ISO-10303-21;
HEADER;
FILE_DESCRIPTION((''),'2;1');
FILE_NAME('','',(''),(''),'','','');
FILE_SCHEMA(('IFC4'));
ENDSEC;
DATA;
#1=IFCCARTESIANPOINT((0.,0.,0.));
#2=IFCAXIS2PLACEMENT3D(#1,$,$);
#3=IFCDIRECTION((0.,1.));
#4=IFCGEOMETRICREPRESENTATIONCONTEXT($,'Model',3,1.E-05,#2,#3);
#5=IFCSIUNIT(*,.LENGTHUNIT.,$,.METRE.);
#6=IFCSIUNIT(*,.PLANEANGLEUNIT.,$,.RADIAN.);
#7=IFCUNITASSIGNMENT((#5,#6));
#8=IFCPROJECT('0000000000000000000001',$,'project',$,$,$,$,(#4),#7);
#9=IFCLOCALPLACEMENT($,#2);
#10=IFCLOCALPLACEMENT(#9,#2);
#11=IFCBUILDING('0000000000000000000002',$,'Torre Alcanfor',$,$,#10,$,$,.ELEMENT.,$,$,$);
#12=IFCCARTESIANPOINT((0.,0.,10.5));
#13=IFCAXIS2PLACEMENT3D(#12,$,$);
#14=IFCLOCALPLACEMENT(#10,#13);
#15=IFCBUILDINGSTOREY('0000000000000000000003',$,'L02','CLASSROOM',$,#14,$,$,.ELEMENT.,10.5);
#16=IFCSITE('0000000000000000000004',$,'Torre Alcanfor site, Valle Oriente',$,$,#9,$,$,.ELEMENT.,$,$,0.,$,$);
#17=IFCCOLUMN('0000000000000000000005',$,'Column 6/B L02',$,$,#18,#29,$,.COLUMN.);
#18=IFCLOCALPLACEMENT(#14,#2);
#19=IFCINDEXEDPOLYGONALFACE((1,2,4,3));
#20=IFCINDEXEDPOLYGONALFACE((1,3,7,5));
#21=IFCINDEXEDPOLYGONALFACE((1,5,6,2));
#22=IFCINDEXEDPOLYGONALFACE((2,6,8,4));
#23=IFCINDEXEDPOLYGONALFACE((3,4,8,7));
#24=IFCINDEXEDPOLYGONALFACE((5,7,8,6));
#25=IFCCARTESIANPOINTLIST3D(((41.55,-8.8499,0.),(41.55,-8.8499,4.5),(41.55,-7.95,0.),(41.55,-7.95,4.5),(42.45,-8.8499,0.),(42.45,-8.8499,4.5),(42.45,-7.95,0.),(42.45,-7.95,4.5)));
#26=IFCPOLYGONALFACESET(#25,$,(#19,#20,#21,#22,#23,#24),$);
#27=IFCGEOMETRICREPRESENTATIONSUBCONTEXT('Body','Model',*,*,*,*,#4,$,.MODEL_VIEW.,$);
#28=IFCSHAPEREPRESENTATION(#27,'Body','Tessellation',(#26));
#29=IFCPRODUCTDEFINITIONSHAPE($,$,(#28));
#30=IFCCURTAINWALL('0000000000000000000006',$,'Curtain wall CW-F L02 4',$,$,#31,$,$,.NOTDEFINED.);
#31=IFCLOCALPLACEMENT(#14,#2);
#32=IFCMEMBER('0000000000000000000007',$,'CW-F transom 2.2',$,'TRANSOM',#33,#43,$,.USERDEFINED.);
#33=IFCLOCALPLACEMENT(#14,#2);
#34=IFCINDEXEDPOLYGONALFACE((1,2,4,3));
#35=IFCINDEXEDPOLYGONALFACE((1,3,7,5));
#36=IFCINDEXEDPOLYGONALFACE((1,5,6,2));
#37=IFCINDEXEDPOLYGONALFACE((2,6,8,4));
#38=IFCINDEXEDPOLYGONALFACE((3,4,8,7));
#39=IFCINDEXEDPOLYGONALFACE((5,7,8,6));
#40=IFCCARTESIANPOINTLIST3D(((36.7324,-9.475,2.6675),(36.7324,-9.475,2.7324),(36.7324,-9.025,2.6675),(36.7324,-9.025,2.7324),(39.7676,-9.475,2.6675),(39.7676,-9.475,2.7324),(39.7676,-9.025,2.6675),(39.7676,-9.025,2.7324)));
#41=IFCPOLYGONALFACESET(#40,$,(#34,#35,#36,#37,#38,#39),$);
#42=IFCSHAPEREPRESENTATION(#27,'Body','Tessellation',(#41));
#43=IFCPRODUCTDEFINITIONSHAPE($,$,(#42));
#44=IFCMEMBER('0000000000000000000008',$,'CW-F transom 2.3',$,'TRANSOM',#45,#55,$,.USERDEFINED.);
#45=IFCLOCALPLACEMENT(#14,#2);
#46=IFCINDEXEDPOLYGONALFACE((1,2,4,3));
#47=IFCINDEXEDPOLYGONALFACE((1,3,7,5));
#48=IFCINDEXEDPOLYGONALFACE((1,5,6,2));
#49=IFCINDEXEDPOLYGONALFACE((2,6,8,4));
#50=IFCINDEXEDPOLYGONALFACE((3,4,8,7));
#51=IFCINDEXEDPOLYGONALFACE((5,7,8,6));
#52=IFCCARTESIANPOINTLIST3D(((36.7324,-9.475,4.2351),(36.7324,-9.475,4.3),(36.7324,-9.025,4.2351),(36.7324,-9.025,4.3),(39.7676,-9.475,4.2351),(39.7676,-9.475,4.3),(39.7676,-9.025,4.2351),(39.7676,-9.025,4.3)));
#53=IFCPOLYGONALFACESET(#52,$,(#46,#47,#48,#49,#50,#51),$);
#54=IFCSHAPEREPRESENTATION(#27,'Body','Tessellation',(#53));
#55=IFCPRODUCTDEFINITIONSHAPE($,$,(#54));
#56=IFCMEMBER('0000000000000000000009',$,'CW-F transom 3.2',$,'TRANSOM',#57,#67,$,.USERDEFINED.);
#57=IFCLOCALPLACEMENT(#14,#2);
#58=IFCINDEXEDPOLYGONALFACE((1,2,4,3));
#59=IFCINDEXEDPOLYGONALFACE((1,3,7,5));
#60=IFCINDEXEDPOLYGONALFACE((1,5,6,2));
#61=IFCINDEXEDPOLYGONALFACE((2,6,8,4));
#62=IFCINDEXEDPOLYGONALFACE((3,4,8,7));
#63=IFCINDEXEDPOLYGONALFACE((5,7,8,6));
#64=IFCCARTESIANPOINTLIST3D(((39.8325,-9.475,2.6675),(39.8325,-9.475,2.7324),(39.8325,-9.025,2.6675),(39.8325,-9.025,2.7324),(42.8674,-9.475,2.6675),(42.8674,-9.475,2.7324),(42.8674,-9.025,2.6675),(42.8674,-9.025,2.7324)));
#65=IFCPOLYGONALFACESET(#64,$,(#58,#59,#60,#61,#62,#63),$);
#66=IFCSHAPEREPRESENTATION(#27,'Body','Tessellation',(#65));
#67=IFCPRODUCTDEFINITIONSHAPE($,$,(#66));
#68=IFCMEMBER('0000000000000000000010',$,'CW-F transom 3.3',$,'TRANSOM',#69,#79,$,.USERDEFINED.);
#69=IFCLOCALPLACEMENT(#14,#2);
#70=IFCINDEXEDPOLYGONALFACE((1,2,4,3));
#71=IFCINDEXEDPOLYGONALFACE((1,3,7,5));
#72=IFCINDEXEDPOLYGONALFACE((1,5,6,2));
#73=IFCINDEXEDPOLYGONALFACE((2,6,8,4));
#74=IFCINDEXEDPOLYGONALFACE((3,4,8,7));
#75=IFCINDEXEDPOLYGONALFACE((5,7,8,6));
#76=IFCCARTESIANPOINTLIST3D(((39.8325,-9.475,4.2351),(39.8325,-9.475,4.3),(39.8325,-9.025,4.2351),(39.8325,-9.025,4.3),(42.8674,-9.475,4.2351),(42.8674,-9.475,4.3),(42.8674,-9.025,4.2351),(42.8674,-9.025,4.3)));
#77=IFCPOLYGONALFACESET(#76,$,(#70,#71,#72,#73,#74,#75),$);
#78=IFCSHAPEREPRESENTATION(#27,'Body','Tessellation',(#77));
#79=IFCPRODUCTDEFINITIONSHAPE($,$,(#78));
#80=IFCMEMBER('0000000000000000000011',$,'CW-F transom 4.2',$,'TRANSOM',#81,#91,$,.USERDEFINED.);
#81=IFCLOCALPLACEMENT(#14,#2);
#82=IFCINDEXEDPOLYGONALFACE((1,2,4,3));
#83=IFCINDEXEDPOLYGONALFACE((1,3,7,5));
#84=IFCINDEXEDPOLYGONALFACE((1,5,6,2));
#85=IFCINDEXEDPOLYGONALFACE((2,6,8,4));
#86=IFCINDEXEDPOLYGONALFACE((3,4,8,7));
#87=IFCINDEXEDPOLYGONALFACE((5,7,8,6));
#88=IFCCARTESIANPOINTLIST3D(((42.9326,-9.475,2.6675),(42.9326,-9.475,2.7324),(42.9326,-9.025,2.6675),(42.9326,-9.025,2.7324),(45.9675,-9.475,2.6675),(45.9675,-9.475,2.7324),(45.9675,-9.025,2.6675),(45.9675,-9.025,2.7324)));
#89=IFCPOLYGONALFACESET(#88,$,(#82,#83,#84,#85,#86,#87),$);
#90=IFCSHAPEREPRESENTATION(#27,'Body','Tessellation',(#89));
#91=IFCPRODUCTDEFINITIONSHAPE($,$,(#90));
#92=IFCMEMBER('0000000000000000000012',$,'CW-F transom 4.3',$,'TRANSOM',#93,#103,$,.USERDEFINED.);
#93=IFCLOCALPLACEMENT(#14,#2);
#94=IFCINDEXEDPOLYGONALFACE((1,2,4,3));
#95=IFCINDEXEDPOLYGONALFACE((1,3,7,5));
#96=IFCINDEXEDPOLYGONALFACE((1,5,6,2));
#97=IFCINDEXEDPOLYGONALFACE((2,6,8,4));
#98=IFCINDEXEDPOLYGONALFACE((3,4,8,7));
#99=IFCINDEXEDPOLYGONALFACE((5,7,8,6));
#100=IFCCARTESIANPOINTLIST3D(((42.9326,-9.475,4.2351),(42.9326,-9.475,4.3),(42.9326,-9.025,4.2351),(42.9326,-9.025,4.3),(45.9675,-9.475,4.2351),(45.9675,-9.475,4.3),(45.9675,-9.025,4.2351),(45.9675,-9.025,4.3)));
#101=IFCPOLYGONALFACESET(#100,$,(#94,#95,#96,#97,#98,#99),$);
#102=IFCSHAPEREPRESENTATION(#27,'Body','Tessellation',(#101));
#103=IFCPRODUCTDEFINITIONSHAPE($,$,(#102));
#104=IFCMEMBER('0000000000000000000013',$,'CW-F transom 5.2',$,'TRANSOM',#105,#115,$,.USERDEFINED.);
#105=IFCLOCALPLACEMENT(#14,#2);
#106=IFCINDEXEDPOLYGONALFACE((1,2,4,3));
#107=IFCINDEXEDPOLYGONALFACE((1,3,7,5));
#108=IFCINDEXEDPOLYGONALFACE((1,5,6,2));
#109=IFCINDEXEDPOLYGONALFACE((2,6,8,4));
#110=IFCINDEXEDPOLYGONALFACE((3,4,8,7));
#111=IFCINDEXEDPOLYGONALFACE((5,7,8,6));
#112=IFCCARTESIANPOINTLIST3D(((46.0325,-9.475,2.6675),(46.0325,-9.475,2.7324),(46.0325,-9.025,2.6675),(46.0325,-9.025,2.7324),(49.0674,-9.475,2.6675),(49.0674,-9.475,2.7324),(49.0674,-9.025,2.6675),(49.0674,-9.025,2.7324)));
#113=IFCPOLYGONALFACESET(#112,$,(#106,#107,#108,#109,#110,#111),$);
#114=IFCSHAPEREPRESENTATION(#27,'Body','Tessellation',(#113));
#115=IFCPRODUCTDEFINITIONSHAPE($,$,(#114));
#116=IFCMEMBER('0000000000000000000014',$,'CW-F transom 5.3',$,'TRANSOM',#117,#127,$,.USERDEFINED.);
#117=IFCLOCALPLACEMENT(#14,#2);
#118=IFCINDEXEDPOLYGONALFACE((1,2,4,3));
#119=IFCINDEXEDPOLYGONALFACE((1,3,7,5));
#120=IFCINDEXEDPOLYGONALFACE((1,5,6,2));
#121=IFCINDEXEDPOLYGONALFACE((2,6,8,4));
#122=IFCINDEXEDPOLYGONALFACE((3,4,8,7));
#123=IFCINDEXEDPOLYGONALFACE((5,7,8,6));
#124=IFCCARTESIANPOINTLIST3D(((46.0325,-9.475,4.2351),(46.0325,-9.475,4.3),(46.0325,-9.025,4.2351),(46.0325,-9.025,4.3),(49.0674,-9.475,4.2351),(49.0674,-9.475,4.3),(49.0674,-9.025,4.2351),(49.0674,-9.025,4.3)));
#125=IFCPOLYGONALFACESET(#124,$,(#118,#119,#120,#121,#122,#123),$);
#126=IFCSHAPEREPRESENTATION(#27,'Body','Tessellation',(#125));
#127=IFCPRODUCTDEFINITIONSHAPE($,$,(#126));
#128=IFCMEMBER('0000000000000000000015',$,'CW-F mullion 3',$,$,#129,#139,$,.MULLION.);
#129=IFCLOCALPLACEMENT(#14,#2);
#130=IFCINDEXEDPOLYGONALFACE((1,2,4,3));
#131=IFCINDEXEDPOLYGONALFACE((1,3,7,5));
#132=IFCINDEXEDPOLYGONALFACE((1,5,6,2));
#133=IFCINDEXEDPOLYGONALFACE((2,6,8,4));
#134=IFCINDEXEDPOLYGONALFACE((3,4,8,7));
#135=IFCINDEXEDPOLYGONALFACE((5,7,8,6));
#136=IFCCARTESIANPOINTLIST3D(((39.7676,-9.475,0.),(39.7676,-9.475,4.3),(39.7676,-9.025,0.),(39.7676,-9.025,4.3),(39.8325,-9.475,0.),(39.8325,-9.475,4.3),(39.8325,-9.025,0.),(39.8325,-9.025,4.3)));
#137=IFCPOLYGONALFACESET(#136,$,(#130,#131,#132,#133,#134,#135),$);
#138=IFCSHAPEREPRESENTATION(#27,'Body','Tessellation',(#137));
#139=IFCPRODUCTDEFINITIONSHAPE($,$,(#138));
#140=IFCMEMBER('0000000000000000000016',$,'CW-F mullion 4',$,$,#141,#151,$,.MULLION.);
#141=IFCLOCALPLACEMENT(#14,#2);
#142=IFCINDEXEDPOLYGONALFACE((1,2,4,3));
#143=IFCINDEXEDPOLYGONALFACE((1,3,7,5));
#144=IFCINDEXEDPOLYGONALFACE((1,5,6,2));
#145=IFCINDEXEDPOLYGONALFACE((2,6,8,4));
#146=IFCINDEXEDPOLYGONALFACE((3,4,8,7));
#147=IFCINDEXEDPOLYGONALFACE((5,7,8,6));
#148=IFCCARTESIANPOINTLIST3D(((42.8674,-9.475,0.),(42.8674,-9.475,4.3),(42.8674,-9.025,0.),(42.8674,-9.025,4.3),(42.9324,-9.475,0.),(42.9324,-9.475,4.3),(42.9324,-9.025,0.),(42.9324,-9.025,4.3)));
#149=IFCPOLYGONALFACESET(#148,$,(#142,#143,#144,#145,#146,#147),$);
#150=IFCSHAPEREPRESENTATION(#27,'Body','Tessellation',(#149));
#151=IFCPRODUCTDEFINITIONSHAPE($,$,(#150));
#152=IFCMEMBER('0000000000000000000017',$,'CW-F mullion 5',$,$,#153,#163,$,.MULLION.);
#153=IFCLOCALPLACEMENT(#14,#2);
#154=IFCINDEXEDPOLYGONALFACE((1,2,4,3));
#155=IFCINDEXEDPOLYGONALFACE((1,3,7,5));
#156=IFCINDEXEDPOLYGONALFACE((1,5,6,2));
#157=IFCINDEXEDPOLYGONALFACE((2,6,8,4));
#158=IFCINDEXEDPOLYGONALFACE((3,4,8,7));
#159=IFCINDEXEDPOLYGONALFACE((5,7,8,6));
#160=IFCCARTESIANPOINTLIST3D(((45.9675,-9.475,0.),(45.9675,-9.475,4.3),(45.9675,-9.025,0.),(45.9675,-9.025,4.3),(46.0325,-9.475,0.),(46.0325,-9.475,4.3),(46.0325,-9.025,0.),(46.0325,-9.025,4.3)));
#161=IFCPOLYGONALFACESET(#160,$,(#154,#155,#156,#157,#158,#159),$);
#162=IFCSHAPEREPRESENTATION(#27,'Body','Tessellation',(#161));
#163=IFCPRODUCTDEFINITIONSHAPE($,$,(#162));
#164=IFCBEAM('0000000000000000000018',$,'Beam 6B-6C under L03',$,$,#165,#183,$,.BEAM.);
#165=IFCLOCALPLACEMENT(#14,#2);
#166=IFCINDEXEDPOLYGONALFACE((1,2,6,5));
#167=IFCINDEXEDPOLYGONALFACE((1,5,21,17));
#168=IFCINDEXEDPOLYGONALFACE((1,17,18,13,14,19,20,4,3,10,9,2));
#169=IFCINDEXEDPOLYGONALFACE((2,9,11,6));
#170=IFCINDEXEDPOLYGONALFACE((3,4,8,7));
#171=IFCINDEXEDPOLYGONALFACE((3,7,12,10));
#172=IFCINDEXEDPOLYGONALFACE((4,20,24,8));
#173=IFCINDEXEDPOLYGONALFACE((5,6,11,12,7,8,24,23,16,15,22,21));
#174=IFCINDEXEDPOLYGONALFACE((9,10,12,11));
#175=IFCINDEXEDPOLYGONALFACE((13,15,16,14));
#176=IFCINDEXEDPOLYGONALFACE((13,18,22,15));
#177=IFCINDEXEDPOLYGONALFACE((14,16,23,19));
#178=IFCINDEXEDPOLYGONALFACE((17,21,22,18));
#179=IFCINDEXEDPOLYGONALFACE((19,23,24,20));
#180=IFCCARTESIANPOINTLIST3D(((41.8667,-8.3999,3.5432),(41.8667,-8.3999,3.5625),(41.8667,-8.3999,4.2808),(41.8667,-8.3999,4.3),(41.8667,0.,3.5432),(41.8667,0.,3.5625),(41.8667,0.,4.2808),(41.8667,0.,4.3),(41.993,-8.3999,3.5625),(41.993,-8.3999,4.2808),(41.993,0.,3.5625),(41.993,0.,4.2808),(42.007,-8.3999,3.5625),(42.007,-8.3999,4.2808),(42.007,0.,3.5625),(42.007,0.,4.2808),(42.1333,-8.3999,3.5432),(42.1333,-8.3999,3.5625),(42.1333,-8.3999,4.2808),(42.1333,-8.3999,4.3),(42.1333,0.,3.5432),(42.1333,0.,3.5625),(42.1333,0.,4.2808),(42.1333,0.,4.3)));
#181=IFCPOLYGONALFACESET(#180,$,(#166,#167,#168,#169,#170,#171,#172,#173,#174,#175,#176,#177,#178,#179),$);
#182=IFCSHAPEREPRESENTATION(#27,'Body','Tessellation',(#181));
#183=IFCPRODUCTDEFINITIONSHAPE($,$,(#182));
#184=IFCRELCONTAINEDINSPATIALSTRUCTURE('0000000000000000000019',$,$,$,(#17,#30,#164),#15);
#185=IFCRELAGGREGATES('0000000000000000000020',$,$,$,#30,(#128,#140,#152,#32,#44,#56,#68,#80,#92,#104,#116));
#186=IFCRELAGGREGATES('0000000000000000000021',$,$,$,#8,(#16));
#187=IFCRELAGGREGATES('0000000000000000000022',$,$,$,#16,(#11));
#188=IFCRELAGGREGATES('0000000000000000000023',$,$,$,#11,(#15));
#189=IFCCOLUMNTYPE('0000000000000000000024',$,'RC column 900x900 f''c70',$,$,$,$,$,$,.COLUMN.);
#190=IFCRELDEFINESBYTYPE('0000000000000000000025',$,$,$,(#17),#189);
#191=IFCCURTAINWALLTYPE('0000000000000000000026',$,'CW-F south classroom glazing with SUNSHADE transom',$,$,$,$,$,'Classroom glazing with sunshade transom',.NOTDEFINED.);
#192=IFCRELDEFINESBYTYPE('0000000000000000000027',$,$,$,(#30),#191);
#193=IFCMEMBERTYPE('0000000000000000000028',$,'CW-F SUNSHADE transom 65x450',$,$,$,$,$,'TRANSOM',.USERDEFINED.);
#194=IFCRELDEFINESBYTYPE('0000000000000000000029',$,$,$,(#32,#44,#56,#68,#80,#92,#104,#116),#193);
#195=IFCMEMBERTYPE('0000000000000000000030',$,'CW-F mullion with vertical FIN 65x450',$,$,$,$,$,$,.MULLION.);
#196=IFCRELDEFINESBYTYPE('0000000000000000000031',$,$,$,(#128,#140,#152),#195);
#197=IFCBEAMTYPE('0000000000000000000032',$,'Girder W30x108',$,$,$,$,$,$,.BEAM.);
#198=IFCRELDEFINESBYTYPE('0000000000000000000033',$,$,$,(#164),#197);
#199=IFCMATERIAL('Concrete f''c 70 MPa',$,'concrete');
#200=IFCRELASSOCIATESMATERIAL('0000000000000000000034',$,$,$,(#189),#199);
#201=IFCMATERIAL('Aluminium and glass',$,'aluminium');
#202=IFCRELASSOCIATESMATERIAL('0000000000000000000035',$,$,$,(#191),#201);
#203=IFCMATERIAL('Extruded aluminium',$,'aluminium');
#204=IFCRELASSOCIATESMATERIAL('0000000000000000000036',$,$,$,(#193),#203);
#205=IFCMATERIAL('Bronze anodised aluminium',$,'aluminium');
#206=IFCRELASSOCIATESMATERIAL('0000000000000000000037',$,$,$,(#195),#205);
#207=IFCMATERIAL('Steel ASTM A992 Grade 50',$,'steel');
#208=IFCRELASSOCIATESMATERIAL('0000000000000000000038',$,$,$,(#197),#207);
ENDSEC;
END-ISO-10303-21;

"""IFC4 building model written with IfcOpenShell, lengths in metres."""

from ifc_helpers import new_model, si_unit, direction, frame, origin, origin_2d, place, context, subcontext, project, spatial, rectangle, i_section, extrude, material, material_profile, profile_set, type_object, element, aggregate, save


model = new_model("IFC4")

# Units and contexts
model_context = context("Model", 3, precision=1e-05, world=origin(), true_north=direction((0.0, 1.0)))
body_context = subcontext(model_context, "Body", "Model", "MODEL_VIEW")
ifc_project = project(units=[si_unit("LENGTHUNIT", "METRE"), si_unit("PLANEANGLEUNIT", "RADIAN")], contexts=[model_context])

# Site, building, storey
site_placement = place(None, origin())
site = spatial("IfcSite", under=ifc_project, at=site_placement, Name="Torre Alcanfor site, Valle Oriente", CompositionType="ELEMENT", RefElevation=0.0)
building_placement = place(site_placement, origin())
building = spatial("IfcBuilding", under=site, at=building_placement, Name="Torre Alcanfor", CompositionType="ELEMENT")
storey_placement = place(building_placement, frame((0.0, 0.0, 10.5)))
storey = spatial("IfcBuildingStorey", under=building, at=storey_placement, Name="L02", Description="CLASSROOM", CompositionType="ELEMENT", Elevation=10.5)

# Column
ifc_material_1 = material(Name="Concrete f'c 70 MPa", Category="concrete")
ifc_material_profile_1 = material_profile(ifc_material_1, rectangle(XDim=0.8999, YDim=0.8999, at=origin_2d()), Name="900x900")
ifc_profile_set_1 = profile_set([ifc_material_profile_1], Name="Concrete f'c 70 MPa")
column_type = type_object("IfcColumnType", Name="RC column 900x900 f'c70", PredefinedType="COLUMN", material=ifc_profile_set_1)
column_placement = place(storey_placement, frame((42.0, -8.3999, 0.0), z_axis=(0.0, 0.0, 1.0), x_axis=(1.0, 0.0, 0.0)))
element("IfcColumn", 1, at=column_placement, inside=storey, type_object=column_type, Name="Column 6/B L02", PredefinedType="COLUMN", context=body_context, shape_type="SweptSolid", body=[
    extrude(rectangle(XDim=0.8999, YDim=0.8999, at=origin_2d()), origin(), (0.0, 0.0, 1.0), 4.5),
])

# Curtain wall, members
ifc_material_2 = material(Name="Aluminium and glass", Category="aluminium")
curtain_wall_type = type_object("IfcCurtainWallType", Name="CW-F south classroom glazing with SUNSHADE transom", ElementType="Classroom glazing with sunshade transom", PredefinedType="NOTDEFINED", material=ifc_material_2)
curtain_wall_placement = place(storey_placement, origin())
curtain_wall = element("IfcCurtainWall", 2, at=curtain_wall_placement, inside=storey, type_object=curtain_wall_type, Name="Curtain wall CW-F L02 4", PredefinedType="NOTDEFINED")
ifc_material_3 = material(Name="Extruded aluminium", Category="aluminium")
ifc_material_profile_2 = material_profile(ifc_material_3, rectangle(XDim=0.45, YDim=0.0649, at=origin_2d()), Name="CW-F transom 450x65")
ifc_profile_set_2 = profile_set([ifc_material_profile_2], Name="Extruded aluminium")
member_type_1 = type_object("IfcMemberType", Name="CW-F SUNSHADE transom 65x450", ElementType="TRANSOM", PredefinedType="USERDEFINED", material=ifc_profile_set_2)
member_1_placement = place(storey_placement, frame((36.7324, -9.25, 2.7), z_axis=(1.0, 0.0, 0.0), x_axis=(0.0, 1.0, 0.0)))
member_1 = element("IfcMember", 3, at=member_1_placement, type_object=member_type_1, Name="CW-F transom 2.2", ObjectType="TRANSOM", PredefinedType="USERDEFINED", context=body_context, shape_type="SweptSolid", body=[
    extrude(rectangle(XDim=0.45, YDim=0.0649, at=origin_2d()), origin(), (0.0, 0.0, 1.0), 3.0352),
])
member_2_placement = place(storey_placement, frame((36.7324, -9.25, 4.2676), z_axis=(1.0, 0.0, 0.0), x_axis=(0.0, 1.0, 0.0)))
member_2 = element("IfcMember", 4, at=member_2_placement, type_object=member_type_1, Name="CW-F transom 2.3", ObjectType="TRANSOM", PredefinedType="USERDEFINED", context=body_context, shape_type="SweptSolid", body=[
    extrude(rectangle(XDim=0.45, YDim=0.0649, at=origin_2d()), origin(), (0.0, 0.0, 1.0), 3.0352),
])
member_3_placement = place(storey_placement, frame((39.8325, -9.25, 2.7), z_axis=(1.0, 0.0, 0.0), x_axis=(0.0, 1.0, 0.0)))
member_3 = element("IfcMember", 5, at=member_3_placement, type_object=member_type_1, Name="CW-F transom 3.2", ObjectType="TRANSOM", PredefinedType="USERDEFINED", context=body_context, shape_type="SweptSolid", body=[
    extrude(rectangle(XDim=0.45, YDim=0.0649, at=origin_2d()), origin(), (0.0, 0.0, 1.0), 3.0349),
])
member_4_placement = place(storey_placement, frame((39.8325, -9.25, 4.2676), z_axis=(1.0, 0.0, 0.0), x_axis=(0.0, 1.0, 0.0)))
member_4 = element("IfcMember", 6, at=member_4_placement, type_object=member_type_1, Name="CW-F transom 3.3", ObjectType="TRANSOM", PredefinedType="USERDEFINED", context=body_context, shape_type="SweptSolid", body=[
    extrude(rectangle(XDim=0.45, YDim=0.0649, at=origin_2d()), origin(), (0.0, 0.0, 1.0), 3.0349),
])
member_5_placement = place(storey_placement, frame((42.9326, -9.25, 2.7), z_axis=(1.0, 0.0, 0.0), x_axis=(0.0, 1.0, 0.0)))
member_5 = element("IfcMember", 7, at=member_5_placement, type_object=member_type_1, Name="CW-F transom 4.2", ObjectType="TRANSOM", PredefinedType="USERDEFINED", context=body_context, shape_type="SweptSolid", body=[
    extrude(rectangle(XDim=0.45, YDim=0.0649, at=origin_2d()), origin(), (0.0, 0.0, 1.0), 3.0349),
])
member_6_placement = place(storey_placement, frame((42.9326, -9.25, 4.2676), z_axis=(1.0, 0.0, 0.0), x_axis=(0.0, 1.0, 0.0)))
member_6 = element("IfcMember", 8, at=member_6_placement, type_object=member_type_1, Name="CW-F transom 4.3", ObjectType="TRANSOM", PredefinedType="USERDEFINED", context=body_context, shape_type="SweptSolid", body=[
    extrude(rectangle(XDim=0.45, YDim=0.0649, at=origin_2d()), origin(), (0.0, 0.0, 1.0), 3.0349),
])
member_7_placement = place(storey_placement, frame((46.0325, -9.25, 2.7), z_axis=(1.0, 0.0, 0.0), x_axis=(0.0, 1.0, 0.0)))
member_7 = element("IfcMember", 9, at=member_7_placement, type_object=member_type_1, Name="CW-F transom 5.2", ObjectType="TRANSOM", PredefinedType="USERDEFINED", context=body_context, shape_type="SweptSolid", body=[
    extrude(rectangle(XDim=0.45, YDim=0.0649, at=origin_2d()), origin(), (0.0, 0.0, 1.0), 3.0349),
])
member_8_placement = place(storey_placement, frame((46.0325, -9.25, 4.2676), z_axis=(1.0, 0.0, 0.0), x_axis=(0.0, 1.0, 0.0)))
member_8 = element("IfcMember", 10, at=member_8_placement, type_object=member_type_1, Name="CW-F transom 5.3", ObjectType="TRANSOM", PredefinedType="USERDEFINED", context=body_context, shape_type="SweptSolid", body=[
    extrude(rectangle(XDim=0.45, YDim=0.0649, at=origin_2d()), origin(), (0.0, 0.0, 1.0), 3.0349),
])
ifc_material_4 = material(Name="Bronze anodised aluminium", Category="aluminium")
ifc_material_profile_3 = material_profile(ifc_material_4, rectangle(XDim=0.45, YDim=0.0649, at=origin_2d()), Name="CW-F mullion 65x450")
ifc_profile_set_3 = profile_set([ifc_material_profile_3], Name="Bronze anodised aluminium")
member_type_2 = type_object("IfcMemberType", Name="CW-F mullion with vertical FIN 65x450", PredefinedType="MULLION", material=ifc_profile_set_3)
member_9_placement = place(storey_placement, frame((39.8, -9.25, 0.0), z_axis=(0.0, 0.0, 1.0), x_axis=(0.0, 1.0, 0.0)))
member_9 = element("IfcMember", 11, at=member_9_placement, type_object=member_type_2, Name="CW-F mullion 3", PredefinedType="MULLION", context=body_context, shape_type="SweptSolid", body=[
    extrude(rectangle(XDim=0.45, YDim=0.0649, at=origin_2d()), origin(), (0.0, 0.0, 1.0), 4.3),
])
member_10_placement = place(storey_placement, frame((42.8999, -9.25, 0.0), z_axis=(0.0, 0.0, 1.0), x_axis=(0.0, 1.0, 0.0)))
member_10 = element("IfcMember", 12, at=member_10_placement, type_object=member_type_2, Name="CW-F mullion 4", PredefinedType="MULLION", context=body_context, shape_type="SweptSolid", body=[
    extrude(rectangle(XDim=0.45, YDim=0.0649, at=origin_2d()), origin(), (0.0, 0.0, 1.0), 4.3),
])
member_11_placement = place(storey_placement, frame((46.0, -9.25, 0.0), z_axis=(0.0, 0.0, 1.0), x_axis=(0.0, 1.0, 0.0)))
member_11 = element("IfcMember", 13, at=member_11_placement, type_object=member_type_2, Name="CW-F mullion 5", PredefinedType="MULLION", context=body_context, shape_type="SweptSolid", body=[
    extrude(rectangle(XDim=0.45, YDim=0.0649, at=origin_2d()), origin(), (0.0, 0.0, 1.0), 4.3),
])

# Beam
ifc_material_5 = material(Name="Steel ASTM A992 Grade 50", Category="steel")
ifc_material_profile_4 = material_profile(ifc_material_5, i_section(OverallWidth=0.2666, OverallDepth=0.7568, WebThickness=0.0139, FlangeThickness=0.0193, at=origin_2d()), Name="W30x108")
ifc_profile_set_4 = profile_set([ifc_material_profile_4], Name="Steel ASTM A992 Grade 50")
beam_type_1 = type_object("IfcBeamType", Name="Girder W30x108", PredefinedType="BEAM", material=ifc_profile_set_4)
beam_1_placement = place(storey_placement, frame((42.0, -8.3999, 3.9216), z_axis=(0.0, 1.0, 0.0), x_axis=(-1.0, 0.0, 0.0)))
element("IfcBeam", 14, at=beam_1_placement, inside=storey, type_object=beam_type_1, Name="Beam 6B-6C under L03", PredefinedType="BEAM", context=body_context, shape_type="SweptSolid", body=[
    extrude(i_section(OverallWidth=0.2666, OverallDepth=0.7568, WebThickness=0.0139, FlangeThickness=0.0193, at=origin_2d()), origin(), (0.0, 0.0, 1.0), 8.3999),
])

aggregate(curtain_wall, [member_9, member_10, member_11, member_1, member_2, member_3, member_4, member_5, member_6, member_7, member_8])

save(model, "model.ifc")
